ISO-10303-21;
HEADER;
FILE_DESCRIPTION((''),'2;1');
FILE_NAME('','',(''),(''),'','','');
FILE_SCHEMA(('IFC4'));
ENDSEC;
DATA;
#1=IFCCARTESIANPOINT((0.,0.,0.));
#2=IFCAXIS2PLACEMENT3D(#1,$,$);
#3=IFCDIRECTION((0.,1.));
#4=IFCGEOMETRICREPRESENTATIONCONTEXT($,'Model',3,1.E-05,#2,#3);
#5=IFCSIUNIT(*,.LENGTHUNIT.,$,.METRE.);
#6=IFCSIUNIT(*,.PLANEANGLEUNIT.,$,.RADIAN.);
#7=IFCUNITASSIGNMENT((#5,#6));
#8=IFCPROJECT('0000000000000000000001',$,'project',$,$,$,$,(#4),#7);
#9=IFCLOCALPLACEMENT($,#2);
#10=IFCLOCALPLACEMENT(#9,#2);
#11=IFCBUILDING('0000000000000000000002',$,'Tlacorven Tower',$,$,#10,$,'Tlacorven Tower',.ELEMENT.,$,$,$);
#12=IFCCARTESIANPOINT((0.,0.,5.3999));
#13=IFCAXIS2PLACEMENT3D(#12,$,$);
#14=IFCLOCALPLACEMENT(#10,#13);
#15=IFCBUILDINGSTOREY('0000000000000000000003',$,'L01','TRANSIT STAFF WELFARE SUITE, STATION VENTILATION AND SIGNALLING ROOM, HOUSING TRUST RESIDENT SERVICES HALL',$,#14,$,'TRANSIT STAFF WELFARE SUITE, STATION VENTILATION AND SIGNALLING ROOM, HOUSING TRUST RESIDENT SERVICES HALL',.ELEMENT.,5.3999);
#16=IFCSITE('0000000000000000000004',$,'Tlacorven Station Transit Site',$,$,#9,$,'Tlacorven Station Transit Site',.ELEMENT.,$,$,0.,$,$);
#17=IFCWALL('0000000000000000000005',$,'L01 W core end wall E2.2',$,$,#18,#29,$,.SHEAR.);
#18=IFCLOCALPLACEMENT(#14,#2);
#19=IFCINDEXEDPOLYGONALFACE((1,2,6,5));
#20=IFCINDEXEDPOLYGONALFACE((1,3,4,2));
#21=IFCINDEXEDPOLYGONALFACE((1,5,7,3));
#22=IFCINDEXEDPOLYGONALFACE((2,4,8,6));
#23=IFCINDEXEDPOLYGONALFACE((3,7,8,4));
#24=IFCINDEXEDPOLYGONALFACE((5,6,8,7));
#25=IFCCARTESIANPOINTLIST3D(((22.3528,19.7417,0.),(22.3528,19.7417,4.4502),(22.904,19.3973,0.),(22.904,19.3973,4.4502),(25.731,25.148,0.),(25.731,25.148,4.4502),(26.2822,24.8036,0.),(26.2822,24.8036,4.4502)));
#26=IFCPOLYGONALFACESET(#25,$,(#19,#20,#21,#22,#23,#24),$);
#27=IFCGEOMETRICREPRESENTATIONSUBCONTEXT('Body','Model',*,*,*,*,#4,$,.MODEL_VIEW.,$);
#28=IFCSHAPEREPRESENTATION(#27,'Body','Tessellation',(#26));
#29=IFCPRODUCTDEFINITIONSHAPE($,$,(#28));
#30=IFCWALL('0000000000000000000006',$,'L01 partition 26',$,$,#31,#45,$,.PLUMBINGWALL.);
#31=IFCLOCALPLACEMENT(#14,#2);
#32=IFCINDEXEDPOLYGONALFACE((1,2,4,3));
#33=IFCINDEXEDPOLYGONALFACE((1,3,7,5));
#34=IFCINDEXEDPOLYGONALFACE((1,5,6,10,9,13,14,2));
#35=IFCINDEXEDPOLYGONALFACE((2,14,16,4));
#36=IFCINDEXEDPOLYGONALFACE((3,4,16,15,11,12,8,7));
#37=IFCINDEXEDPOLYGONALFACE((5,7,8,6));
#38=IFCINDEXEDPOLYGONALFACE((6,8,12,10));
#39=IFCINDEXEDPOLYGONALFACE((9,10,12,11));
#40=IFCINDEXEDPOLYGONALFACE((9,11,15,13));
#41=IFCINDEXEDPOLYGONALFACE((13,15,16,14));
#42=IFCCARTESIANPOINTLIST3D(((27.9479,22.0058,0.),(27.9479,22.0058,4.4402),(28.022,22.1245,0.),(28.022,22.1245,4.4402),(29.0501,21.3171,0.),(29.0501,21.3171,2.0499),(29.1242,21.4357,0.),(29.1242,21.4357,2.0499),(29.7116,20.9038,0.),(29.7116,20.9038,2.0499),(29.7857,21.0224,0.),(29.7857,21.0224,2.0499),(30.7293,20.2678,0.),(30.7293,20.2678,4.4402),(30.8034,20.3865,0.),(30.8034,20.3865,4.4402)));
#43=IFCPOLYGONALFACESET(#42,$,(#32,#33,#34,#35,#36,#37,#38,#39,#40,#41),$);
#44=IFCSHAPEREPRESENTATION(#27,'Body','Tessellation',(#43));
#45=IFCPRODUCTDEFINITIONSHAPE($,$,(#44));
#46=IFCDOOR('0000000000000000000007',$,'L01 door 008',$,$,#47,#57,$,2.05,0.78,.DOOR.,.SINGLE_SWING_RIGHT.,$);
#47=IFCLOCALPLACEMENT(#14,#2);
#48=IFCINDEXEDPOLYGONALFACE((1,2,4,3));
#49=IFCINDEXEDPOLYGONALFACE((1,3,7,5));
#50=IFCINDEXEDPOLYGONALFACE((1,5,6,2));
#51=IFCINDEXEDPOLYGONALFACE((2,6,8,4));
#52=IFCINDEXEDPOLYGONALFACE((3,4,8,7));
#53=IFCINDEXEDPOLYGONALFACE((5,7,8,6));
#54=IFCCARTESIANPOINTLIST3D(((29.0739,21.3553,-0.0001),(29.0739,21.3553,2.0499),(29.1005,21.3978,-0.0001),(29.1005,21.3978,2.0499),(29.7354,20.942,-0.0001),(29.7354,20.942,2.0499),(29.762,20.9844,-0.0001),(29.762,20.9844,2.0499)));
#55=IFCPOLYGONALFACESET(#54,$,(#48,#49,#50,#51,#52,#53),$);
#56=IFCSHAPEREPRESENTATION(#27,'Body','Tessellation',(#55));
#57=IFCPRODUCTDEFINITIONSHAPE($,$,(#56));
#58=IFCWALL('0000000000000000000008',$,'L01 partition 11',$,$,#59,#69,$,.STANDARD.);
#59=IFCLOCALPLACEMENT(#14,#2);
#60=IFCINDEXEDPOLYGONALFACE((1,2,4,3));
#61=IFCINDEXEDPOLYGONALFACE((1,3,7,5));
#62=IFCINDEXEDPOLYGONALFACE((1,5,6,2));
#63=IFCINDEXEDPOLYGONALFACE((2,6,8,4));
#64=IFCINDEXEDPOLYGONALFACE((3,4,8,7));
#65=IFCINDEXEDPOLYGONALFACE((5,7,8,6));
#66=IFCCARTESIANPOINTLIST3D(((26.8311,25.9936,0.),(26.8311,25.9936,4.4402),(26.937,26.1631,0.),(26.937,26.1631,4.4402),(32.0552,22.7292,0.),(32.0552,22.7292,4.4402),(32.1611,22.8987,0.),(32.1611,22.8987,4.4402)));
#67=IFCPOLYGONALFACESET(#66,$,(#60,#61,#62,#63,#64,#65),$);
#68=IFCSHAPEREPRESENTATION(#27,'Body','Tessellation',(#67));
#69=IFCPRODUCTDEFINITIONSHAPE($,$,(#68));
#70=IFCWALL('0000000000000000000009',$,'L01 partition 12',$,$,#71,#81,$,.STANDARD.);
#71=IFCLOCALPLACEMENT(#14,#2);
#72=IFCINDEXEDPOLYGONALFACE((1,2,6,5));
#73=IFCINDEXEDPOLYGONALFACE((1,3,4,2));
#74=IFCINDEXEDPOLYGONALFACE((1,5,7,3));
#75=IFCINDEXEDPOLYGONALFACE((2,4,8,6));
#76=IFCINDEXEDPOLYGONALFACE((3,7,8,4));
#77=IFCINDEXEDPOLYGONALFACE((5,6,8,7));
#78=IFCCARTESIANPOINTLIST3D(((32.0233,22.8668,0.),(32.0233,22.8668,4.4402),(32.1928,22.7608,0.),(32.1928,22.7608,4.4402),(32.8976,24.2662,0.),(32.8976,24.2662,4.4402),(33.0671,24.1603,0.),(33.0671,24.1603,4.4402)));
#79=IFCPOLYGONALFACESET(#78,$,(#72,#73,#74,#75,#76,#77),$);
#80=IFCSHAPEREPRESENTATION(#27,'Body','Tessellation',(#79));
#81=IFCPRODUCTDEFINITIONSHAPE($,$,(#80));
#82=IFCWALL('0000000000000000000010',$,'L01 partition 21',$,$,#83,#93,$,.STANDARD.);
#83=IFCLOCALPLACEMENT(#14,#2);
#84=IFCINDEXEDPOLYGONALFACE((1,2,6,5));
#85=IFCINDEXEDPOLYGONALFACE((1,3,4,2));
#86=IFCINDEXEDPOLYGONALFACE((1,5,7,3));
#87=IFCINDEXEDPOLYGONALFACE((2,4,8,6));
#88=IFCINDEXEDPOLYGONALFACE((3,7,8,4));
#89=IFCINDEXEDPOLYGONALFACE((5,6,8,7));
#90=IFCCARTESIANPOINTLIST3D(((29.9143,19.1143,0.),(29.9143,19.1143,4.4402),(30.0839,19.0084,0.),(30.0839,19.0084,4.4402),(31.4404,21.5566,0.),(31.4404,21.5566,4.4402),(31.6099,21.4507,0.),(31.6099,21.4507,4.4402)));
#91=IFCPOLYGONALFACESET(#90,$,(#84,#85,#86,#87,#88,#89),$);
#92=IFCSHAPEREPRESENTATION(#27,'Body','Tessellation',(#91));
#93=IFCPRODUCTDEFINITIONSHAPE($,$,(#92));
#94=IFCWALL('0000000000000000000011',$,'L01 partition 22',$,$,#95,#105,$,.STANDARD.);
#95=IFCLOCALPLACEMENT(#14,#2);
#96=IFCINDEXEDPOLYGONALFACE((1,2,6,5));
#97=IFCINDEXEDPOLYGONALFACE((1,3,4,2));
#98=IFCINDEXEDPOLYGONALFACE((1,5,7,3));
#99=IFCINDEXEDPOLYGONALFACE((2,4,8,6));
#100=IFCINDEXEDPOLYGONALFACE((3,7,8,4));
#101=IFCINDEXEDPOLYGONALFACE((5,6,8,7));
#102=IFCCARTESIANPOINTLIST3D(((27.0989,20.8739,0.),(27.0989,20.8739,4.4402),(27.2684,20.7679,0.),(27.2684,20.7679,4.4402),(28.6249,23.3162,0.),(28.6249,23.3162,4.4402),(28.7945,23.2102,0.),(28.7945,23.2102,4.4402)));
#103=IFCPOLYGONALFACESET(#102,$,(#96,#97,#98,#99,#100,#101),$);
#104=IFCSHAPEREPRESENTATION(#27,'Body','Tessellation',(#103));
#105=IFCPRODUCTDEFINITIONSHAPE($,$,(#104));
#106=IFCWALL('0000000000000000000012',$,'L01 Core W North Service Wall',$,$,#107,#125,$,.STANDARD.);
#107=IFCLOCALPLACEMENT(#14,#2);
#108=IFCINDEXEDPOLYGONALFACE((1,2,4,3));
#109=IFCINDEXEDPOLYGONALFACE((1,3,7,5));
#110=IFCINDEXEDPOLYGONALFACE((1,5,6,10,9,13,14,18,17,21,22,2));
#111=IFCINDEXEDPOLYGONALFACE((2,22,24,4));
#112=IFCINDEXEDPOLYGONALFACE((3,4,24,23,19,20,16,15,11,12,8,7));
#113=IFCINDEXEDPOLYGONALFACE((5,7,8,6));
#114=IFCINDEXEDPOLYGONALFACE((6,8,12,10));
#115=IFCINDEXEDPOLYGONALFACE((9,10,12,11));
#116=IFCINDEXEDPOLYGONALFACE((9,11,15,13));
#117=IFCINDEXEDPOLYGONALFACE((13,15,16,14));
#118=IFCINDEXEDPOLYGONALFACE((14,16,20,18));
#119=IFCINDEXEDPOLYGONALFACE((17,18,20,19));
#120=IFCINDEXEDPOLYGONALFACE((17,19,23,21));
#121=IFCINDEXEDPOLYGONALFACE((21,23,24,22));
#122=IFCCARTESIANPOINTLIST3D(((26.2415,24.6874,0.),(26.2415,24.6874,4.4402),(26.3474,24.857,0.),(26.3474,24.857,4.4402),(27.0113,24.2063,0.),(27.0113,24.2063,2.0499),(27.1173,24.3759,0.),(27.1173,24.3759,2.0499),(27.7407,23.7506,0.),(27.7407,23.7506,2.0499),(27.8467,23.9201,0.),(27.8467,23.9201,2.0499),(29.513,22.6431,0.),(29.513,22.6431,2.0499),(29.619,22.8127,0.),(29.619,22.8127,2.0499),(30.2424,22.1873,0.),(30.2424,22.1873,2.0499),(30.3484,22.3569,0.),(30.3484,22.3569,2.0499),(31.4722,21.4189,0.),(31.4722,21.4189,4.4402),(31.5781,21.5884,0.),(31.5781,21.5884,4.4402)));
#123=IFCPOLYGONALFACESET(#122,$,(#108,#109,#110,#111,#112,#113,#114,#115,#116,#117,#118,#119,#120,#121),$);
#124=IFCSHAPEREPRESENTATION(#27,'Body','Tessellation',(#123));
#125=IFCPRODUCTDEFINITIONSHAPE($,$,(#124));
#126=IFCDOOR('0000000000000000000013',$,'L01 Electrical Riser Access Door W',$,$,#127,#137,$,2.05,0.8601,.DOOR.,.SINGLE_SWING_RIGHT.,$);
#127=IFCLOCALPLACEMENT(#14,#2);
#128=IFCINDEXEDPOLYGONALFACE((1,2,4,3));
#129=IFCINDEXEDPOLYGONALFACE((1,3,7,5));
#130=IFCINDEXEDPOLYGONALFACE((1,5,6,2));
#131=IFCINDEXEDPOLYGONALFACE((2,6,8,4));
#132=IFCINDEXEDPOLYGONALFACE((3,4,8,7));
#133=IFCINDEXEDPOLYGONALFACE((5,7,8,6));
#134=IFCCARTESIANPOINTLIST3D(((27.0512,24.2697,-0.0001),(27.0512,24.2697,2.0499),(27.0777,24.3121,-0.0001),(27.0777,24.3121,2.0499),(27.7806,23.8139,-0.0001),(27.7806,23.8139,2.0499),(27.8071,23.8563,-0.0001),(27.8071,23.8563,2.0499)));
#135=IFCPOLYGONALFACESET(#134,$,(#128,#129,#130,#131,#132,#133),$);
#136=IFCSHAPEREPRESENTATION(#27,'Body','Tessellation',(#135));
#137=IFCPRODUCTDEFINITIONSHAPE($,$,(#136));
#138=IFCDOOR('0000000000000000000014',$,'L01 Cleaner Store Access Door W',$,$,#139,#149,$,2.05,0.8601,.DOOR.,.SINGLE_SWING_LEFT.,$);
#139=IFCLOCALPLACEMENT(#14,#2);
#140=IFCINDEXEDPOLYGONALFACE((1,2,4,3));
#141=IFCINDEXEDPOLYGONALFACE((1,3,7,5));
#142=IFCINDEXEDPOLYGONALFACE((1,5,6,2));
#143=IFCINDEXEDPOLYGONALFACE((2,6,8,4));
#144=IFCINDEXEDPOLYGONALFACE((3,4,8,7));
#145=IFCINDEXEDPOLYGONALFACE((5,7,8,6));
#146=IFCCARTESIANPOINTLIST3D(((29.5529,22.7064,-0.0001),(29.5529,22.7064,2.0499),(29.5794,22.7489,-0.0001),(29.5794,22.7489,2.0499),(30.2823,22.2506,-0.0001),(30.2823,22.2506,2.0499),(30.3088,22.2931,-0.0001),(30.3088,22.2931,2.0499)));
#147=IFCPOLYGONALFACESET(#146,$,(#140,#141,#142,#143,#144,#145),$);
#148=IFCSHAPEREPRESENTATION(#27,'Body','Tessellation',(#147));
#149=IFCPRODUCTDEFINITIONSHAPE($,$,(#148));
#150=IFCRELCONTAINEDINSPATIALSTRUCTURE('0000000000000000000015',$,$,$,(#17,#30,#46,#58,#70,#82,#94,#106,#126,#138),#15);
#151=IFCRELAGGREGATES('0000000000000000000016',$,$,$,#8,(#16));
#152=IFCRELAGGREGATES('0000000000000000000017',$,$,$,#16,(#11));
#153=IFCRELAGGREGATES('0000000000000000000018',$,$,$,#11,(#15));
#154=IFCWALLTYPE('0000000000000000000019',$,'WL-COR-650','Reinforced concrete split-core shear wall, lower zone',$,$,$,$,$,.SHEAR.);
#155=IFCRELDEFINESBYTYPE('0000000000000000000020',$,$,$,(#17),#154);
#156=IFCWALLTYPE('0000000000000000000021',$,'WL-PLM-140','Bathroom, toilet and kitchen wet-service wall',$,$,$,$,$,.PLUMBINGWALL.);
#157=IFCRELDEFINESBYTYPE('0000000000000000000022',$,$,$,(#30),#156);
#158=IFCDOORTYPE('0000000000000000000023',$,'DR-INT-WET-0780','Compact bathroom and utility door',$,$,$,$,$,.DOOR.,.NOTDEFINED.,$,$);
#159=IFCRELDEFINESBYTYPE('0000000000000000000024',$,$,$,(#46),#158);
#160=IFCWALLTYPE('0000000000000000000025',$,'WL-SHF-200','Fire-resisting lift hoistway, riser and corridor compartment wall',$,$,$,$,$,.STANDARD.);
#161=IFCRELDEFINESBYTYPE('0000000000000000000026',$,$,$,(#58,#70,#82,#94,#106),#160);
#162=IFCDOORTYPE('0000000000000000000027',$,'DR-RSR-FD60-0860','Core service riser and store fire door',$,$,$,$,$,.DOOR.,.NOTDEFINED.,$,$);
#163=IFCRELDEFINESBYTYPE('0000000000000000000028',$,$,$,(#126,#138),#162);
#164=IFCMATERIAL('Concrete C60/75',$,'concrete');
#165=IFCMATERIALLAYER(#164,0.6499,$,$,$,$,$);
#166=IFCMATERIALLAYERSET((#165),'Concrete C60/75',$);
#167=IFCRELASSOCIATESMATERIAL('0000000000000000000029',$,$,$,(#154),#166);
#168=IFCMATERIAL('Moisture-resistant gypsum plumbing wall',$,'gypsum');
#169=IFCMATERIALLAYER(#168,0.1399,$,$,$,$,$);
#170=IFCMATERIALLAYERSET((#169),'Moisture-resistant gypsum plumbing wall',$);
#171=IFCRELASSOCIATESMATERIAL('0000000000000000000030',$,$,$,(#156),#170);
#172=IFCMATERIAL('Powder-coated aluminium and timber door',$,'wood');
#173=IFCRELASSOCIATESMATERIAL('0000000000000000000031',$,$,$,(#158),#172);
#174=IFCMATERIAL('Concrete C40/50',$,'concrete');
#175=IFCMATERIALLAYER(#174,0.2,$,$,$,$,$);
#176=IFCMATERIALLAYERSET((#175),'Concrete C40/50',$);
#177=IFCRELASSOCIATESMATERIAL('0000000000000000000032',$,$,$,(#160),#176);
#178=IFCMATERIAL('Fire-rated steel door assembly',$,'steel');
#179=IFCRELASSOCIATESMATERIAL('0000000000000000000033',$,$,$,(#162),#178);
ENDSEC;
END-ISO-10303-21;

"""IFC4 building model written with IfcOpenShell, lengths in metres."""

from ifc_helpers import new_model, si_unit, direction, frame, frame_2d, origin, place, context, subcontext, project, spatial, rectangle, extrude, source, transform, mapped, material, layer, layer_set, type_object, element, fill, save


model = new_model("IFC4")

# Units and contexts
model_context = context("Model", 3, precision=1e-05, world=origin(), true_north=direction((0.0, 1.0)))
body_context = subcontext(model_context, "Body", "Model", "MODEL_VIEW")
ifc_project = project(units=[si_unit("LENGTHUNIT", "METRE"), si_unit("PLANEANGLEUNIT", "RADIAN")], contexts=[model_context])

# Site, building, storey
site_placement = place(None, origin())
site = spatial("IfcSite", under=ifc_project, at=site_placement, Name="Tlacorven Station Transit Site", LongName="Tlacorven Station Transit Site", CompositionType="ELEMENT", RefElevation=0.0)
building_placement = place(site_placement, origin())
building = spatial("IfcBuilding", under=site, at=building_placement, Name="Tlacorven Tower", LongName="Tlacorven Tower", CompositionType="ELEMENT")
storey_placement = place(building_placement, frame((0.0, 0.0, 5.3999)))
storey = spatial("IfcBuildingStorey", under=building, at=storey_placement, Name="L01", Description="TRANSIT STAFF WELFARE SUITE, STATION VENTILATION AND SIGNALLING ROOM, HOUSING TRUST RESIDENT SERVICES HALL", LongName="TRANSIT STAFF WELFARE SUITE, STATION VENTILATION AND SIGNALLING ROOM, HOUSING TRUST RESIDENT SERVICES HALL", CompositionType="ELEMENT", Elevation=5.3999)

# Wall
ifc_material_1 = material(Name="Concrete C60/75", Category="concrete")
ifc_layer_1 = layer(ifc_material_1, 0.6499)
ifc_layer_set_1 = layer_set([ifc_layer_1], Name="Concrete C60/75")
wall_type_1 = type_object("IfcWallType", Name="WL-COR-650", Description="Reinforced concrete split-core shear wall, lower zone", PredefinedType="SHEAR", material=ifc_layer_set_1)
wall_1_placement = place(storey_placement, frame((26.0066, 24.9758, 0.0), z_axis=(0.0, 0.0, 1.0), x_axis=(-0.529916, -0.84805, 0.0)))
element("IfcWall", 1, at=wall_1_placement, inside=storey, type_object=wall_type_1, Name="L01 W core end wall E2.2", PredefinedType="SHEAR", context=body_context, shape_type="SweptSolid", body=[
    extrude(rectangle(XDim=6.375, YDim=0.6499, at=frame_2d((3.1875, 0.0))), origin(), (0.0, 0.0, 1.0), 4.4502),
])

# Wall, opening, door
ifc_material_2 = material(Name="Moisture-resistant gypsum plumbing wall", Category="gypsum")
ifc_layer_2 = layer(ifc_material_2, 0.1399)
ifc_layer_set_2 = layer_set([ifc_layer_2], Name="Moisture-resistant gypsum plumbing wall")
wall_type_2 = type_object("IfcWallType", Name="WL-PLM-140", Description="Bathroom, toilet and kitchen wet-service wall", PredefinedType="PLUMBINGWALL", material=ifc_layer_set_2)
wall_2_placement = place(storey_placement, frame((30.7664, 20.3271, 0.0), z_axis=(0.0, 0.0, 1.0), x_axis=(-0.848053, 0.529912, 0.0)))
wall_2 = element("IfcWall", 2, at=wall_2_placement, inside=storey, type_object=wall_type_2, Name="L01 partition 26", PredefinedType="PLUMBINGWALL", context=body_context, shape_type="SweptSolid", body=[
    extrude(rectangle(XDim=3.2798, YDim=0.1399, at=frame_2d((1.6399, 0.0))), origin(), (0.0, 0.0, 1.0), 4.4402),
])
opening_1_placement = place(wall_2_placement, frame((1.2, 0.0, 0.0)))
opening_1 = element("IfcOpeningElement", 3, at=opening_1_placement, cuts=wall_2, PredefinedType="OPENING", context=body_context, shape_type="SweptSolid", body=[
    extrude(rectangle(XDim=0.78, YDim=2.05, at=frame_2d((0.3901, 1.0249))), frame((0.0, 0.0801, 0.0), z_axis=(0.0, -1.0, 0.0), x_axis=(1.0, 0.0, 0.0)), (0.0, 0.0, 1.0), 0.1599),
])
ifc_material_3 = material(Name="Powder-coated aluminium and timber door", Category="wood")
door_type_1 = type_object("IfcDoorType", Name="DR-INT-WET-0780", Description="Compact bathroom and utility door", OperationType="NOTDEFINED", PredefinedType="DOOR", material=ifc_material_3)
shared_shape_1 = source(origin(), body_context, "Body", "SweptSolid", [
    extrude(rectangle(XDim=0.78, YDim=2.05, at=frame_2d((0.3901, 1.0249))), frame((0.0, 0.0249, 0.0), z_axis=(0.0, -1.0, 0.0), x_axis=(1.0, 0.0, 0.0)), (0.0, 0.0, 1.0), 0.05),
])
door_1_placement = place(opening_1_placement, origin())
door_1 = element("IfcDoor", 4, at=door_1_placement, inside=storey, type_object=door_type_1, Name="L01 door 008", OperationType="SINGLE_SWING_RIGHT", OverallHeight=2.05, OverallWidth=0.78, PredefinedType="DOOR", context=body_context, shape_type="MappedRepresentation", body=[
    mapped(shared_shape_1, transform((0.0, 0.0, 0.0), scale=1.0)),
])
fill(opening_1, door_1)

# Walls
ifc_material_4 = material(Name="Concrete C40/50", Category="concrete")
ifc_layer_3 = layer(ifc_material_4, 0.2)
ifc_layer_set_3 = layer_set([ifc_layer_3], Name="Concrete C40/50")
wall_type_3 = type_object("IfcWallType", Name="WL-SHF-200", Description="Fire-resisting lift hoistway, riser and corridor compartment wall", PredefinedType="STANDARD", material=ifc_layer_set_3)
wall_3_placement = place(storey_placement, frame((32.1082, 22.814, 0.0), z_axis=(0.0, 0.0, 1.0), x_axis=(-0.848047, 0.529921, 0.0)))
element("IfcWall", 5, at=wall_3_placement, inside=storey, type_object=wall_type_3, Name="L01 partition 11", PredefinedType="STANDARD", context=body_context, shape_type="SweptSolid", body=[
    extrude(rectangle(XDim=6.1602, YDim=0.2, at=frame_2d((3.0801, 0.0))), origin(), (0.0, 0.0, 1.0), 4.4402),
])
wall_4_placement = place(storey_placement, frame((32.9824, 24.2134, 0.0), z_axis=(0.0, 0.0, 1.0), x_axis=(-0.529839, -0.848098, 0.0)))
element("IfcWall", 6, at=wall_4_placement, inside=storey, type_object=wall_type_3, Name="L01 partition 12", PredefinedType="STANDARD", context=body_context, shape_type="SweptSolid", body=[
    extrude(rectangle(XDim=1.6501, YDim=0.2, at=frame_2d((0.8252, 0.0))), origin(), (0.0, 0.0, 1.0), 4.4402),
])
for number, where, z_axis, x_axis, name in (
    (7, (31.5251, 21.5037, 0.0), (0.0, 0.0, 1.0), (-0.529907, -0.848055, 0.0), "L01 partition 21"),
    (8, (28.7097, 23.2632, 0.0), (0.0, 0.0, 1.0), (-0.529907, -0.848055, 0.0), "L01 partition 22"),
):
    element("IfcWall", number, at=place(storey_placement, frame(where, z_axis=z_axis, x_axis=x_axis)), inside=storey, type_object=wall_type_3, Name=name, PredefinedType="STANDARD", context=body_context, shape_type="SweptSolid", body=[
        extrude(rectangle(XDim=2.8799, YDim=0.2, at=frame_2d((1.4399, 0.0))), origin(), (0.0, 0.0, 1.0), 4.4402),
    ])

# Wall, openings, doors
wall_5_placement = place(storey_placement, frame((31.5251, 21.5037, 0.0), z_axis=(0.0, 0.0, 1.0), x_axis=(-0.848045, 0.529924, 0.0)))
wall_5 = element("IfcWall", 9, at=wall_5_placement, inside=storey, type_object=wall_type_3, Name="L01 Core W North Service Wall", PredefinedType="STANDARD", context=body_context, shape_type="SweptSolid", body=[
    extrude(rectangle(XDim=6.168, YDim=0.2, at=frame_2d((3.084, 0.0))), origin(), (0.0, 0.0, 1.0), 4.4402),
])
opening_2_placement = place(wall_5_placement, frame((4.3999, 0.0, 0.0)))
opening_2 = element("IfcOpeningElement", 10, at=opening_2_placement, cuts=wall_5, PredefinedType="OPENING", context=body_context, shape_type="SweptSolid", body=[
    extrude(rectangle(XDim=0.8601, YDim=2.05, at=frame_2d((0.4302, 1.0249))), frame((0.0, 0.1099, 0.0), z_axis=(0.0, -1.0, 0.0), x_axis=(1.0, 0.0, 0.0)), (0.0, 0.0, 1.0), 0.22),
])
opening_3_placement = place(wall_5_placement, frame((1.45, 0.0, 0.0)))
opening_3 = element("IfcOpeningElement", 11, at=opening_3_placement, cuts=wall_5, PredefinedType="OPENING", context=body_context, shape_type="SweptSolid", body=[
    extrude(rectangle(XDim=0.8601, YDim=2.05, at=frame_2d((0.4302, 1.0249))), frame((0.0, 0.1099, 0.0), z_axis=(0.0, -1.0, 0.0), x_axis=(1.0, 0.0, 0.0)), (0.0, 0.0, 1.0), 0.22),
])
ifc_material_5 = material(Name="Fire-rated steel door assembly", Category="steel")
door_type_2 = type_object("IfcDoorType", Name="DR-RSR-FD60-0860", Description="Core service riser and store fire door", OperationType="NOTDEFINED", PredefinedType="DOOR", material=ifc_material_5)
shared_shape_2 = source(origin(), body_context, "Body", "SweptSolid", [
    extrude(rectangle(XDim=0.8601, YDim=2.05, at=frame_2d((0.4302, 1.0249))), frame((0.0, 0.0249, 0.0), z_axis=(0.0, -1.0, 0.0), x_axis=(1.0, 0.0, 0.0)), (0.0, 0.0, 1.0), 0.05),
])
door_2_placement = place(opening_2_placement, frame((0.8601, 0.0, 0.0), z_axis=(0.0, 0.0, 1.0), x_axis=(-1.0, 0.0, 0.0)))
door_2 = element("IfcDoor", 12, at=door_2_placement, inside=storey, type_object=door_type_2, Name="L01 Electrical Riser Access Door W", OperationType="SINGLE_SWING_RIGHT", OverallHeight=2.05, OverallWidth=0.8601, PredefinedType="DOOR", context=body_context, shape_type="MappedRepresentation", body=[
    mapped(shared_shape_2, transform((0.0, 0.0, 0.0), scale=1.0)),
])
fill(opening_2, door_2)
door_3_placement = place(opening_3_placement, frame((0.8601, 0.0, 0.0), z_axis=(0.0, 0.0, 1.0), x_axis=(-1.0, 0.0, 0.0)))
door_3 = element("IfcDoor", 13, at=door_3_placement, inside=storey, type_object=door_type_2, Name="L01 Cleaner Store Access Door W", OperationType="SINGLE_SWING_LEFT", OverallHeight=2.05, OverallWidth=0.8601, PredefinedType="DOOR", context=body_context, shape_type="MappedRepresentation", body=[
    mapped(shared_shape_2, transform((0.0, 0.0, 0.0), scale=1.0)),
])
fill(opening_3, door_3)

save(model, "model.ifc")
